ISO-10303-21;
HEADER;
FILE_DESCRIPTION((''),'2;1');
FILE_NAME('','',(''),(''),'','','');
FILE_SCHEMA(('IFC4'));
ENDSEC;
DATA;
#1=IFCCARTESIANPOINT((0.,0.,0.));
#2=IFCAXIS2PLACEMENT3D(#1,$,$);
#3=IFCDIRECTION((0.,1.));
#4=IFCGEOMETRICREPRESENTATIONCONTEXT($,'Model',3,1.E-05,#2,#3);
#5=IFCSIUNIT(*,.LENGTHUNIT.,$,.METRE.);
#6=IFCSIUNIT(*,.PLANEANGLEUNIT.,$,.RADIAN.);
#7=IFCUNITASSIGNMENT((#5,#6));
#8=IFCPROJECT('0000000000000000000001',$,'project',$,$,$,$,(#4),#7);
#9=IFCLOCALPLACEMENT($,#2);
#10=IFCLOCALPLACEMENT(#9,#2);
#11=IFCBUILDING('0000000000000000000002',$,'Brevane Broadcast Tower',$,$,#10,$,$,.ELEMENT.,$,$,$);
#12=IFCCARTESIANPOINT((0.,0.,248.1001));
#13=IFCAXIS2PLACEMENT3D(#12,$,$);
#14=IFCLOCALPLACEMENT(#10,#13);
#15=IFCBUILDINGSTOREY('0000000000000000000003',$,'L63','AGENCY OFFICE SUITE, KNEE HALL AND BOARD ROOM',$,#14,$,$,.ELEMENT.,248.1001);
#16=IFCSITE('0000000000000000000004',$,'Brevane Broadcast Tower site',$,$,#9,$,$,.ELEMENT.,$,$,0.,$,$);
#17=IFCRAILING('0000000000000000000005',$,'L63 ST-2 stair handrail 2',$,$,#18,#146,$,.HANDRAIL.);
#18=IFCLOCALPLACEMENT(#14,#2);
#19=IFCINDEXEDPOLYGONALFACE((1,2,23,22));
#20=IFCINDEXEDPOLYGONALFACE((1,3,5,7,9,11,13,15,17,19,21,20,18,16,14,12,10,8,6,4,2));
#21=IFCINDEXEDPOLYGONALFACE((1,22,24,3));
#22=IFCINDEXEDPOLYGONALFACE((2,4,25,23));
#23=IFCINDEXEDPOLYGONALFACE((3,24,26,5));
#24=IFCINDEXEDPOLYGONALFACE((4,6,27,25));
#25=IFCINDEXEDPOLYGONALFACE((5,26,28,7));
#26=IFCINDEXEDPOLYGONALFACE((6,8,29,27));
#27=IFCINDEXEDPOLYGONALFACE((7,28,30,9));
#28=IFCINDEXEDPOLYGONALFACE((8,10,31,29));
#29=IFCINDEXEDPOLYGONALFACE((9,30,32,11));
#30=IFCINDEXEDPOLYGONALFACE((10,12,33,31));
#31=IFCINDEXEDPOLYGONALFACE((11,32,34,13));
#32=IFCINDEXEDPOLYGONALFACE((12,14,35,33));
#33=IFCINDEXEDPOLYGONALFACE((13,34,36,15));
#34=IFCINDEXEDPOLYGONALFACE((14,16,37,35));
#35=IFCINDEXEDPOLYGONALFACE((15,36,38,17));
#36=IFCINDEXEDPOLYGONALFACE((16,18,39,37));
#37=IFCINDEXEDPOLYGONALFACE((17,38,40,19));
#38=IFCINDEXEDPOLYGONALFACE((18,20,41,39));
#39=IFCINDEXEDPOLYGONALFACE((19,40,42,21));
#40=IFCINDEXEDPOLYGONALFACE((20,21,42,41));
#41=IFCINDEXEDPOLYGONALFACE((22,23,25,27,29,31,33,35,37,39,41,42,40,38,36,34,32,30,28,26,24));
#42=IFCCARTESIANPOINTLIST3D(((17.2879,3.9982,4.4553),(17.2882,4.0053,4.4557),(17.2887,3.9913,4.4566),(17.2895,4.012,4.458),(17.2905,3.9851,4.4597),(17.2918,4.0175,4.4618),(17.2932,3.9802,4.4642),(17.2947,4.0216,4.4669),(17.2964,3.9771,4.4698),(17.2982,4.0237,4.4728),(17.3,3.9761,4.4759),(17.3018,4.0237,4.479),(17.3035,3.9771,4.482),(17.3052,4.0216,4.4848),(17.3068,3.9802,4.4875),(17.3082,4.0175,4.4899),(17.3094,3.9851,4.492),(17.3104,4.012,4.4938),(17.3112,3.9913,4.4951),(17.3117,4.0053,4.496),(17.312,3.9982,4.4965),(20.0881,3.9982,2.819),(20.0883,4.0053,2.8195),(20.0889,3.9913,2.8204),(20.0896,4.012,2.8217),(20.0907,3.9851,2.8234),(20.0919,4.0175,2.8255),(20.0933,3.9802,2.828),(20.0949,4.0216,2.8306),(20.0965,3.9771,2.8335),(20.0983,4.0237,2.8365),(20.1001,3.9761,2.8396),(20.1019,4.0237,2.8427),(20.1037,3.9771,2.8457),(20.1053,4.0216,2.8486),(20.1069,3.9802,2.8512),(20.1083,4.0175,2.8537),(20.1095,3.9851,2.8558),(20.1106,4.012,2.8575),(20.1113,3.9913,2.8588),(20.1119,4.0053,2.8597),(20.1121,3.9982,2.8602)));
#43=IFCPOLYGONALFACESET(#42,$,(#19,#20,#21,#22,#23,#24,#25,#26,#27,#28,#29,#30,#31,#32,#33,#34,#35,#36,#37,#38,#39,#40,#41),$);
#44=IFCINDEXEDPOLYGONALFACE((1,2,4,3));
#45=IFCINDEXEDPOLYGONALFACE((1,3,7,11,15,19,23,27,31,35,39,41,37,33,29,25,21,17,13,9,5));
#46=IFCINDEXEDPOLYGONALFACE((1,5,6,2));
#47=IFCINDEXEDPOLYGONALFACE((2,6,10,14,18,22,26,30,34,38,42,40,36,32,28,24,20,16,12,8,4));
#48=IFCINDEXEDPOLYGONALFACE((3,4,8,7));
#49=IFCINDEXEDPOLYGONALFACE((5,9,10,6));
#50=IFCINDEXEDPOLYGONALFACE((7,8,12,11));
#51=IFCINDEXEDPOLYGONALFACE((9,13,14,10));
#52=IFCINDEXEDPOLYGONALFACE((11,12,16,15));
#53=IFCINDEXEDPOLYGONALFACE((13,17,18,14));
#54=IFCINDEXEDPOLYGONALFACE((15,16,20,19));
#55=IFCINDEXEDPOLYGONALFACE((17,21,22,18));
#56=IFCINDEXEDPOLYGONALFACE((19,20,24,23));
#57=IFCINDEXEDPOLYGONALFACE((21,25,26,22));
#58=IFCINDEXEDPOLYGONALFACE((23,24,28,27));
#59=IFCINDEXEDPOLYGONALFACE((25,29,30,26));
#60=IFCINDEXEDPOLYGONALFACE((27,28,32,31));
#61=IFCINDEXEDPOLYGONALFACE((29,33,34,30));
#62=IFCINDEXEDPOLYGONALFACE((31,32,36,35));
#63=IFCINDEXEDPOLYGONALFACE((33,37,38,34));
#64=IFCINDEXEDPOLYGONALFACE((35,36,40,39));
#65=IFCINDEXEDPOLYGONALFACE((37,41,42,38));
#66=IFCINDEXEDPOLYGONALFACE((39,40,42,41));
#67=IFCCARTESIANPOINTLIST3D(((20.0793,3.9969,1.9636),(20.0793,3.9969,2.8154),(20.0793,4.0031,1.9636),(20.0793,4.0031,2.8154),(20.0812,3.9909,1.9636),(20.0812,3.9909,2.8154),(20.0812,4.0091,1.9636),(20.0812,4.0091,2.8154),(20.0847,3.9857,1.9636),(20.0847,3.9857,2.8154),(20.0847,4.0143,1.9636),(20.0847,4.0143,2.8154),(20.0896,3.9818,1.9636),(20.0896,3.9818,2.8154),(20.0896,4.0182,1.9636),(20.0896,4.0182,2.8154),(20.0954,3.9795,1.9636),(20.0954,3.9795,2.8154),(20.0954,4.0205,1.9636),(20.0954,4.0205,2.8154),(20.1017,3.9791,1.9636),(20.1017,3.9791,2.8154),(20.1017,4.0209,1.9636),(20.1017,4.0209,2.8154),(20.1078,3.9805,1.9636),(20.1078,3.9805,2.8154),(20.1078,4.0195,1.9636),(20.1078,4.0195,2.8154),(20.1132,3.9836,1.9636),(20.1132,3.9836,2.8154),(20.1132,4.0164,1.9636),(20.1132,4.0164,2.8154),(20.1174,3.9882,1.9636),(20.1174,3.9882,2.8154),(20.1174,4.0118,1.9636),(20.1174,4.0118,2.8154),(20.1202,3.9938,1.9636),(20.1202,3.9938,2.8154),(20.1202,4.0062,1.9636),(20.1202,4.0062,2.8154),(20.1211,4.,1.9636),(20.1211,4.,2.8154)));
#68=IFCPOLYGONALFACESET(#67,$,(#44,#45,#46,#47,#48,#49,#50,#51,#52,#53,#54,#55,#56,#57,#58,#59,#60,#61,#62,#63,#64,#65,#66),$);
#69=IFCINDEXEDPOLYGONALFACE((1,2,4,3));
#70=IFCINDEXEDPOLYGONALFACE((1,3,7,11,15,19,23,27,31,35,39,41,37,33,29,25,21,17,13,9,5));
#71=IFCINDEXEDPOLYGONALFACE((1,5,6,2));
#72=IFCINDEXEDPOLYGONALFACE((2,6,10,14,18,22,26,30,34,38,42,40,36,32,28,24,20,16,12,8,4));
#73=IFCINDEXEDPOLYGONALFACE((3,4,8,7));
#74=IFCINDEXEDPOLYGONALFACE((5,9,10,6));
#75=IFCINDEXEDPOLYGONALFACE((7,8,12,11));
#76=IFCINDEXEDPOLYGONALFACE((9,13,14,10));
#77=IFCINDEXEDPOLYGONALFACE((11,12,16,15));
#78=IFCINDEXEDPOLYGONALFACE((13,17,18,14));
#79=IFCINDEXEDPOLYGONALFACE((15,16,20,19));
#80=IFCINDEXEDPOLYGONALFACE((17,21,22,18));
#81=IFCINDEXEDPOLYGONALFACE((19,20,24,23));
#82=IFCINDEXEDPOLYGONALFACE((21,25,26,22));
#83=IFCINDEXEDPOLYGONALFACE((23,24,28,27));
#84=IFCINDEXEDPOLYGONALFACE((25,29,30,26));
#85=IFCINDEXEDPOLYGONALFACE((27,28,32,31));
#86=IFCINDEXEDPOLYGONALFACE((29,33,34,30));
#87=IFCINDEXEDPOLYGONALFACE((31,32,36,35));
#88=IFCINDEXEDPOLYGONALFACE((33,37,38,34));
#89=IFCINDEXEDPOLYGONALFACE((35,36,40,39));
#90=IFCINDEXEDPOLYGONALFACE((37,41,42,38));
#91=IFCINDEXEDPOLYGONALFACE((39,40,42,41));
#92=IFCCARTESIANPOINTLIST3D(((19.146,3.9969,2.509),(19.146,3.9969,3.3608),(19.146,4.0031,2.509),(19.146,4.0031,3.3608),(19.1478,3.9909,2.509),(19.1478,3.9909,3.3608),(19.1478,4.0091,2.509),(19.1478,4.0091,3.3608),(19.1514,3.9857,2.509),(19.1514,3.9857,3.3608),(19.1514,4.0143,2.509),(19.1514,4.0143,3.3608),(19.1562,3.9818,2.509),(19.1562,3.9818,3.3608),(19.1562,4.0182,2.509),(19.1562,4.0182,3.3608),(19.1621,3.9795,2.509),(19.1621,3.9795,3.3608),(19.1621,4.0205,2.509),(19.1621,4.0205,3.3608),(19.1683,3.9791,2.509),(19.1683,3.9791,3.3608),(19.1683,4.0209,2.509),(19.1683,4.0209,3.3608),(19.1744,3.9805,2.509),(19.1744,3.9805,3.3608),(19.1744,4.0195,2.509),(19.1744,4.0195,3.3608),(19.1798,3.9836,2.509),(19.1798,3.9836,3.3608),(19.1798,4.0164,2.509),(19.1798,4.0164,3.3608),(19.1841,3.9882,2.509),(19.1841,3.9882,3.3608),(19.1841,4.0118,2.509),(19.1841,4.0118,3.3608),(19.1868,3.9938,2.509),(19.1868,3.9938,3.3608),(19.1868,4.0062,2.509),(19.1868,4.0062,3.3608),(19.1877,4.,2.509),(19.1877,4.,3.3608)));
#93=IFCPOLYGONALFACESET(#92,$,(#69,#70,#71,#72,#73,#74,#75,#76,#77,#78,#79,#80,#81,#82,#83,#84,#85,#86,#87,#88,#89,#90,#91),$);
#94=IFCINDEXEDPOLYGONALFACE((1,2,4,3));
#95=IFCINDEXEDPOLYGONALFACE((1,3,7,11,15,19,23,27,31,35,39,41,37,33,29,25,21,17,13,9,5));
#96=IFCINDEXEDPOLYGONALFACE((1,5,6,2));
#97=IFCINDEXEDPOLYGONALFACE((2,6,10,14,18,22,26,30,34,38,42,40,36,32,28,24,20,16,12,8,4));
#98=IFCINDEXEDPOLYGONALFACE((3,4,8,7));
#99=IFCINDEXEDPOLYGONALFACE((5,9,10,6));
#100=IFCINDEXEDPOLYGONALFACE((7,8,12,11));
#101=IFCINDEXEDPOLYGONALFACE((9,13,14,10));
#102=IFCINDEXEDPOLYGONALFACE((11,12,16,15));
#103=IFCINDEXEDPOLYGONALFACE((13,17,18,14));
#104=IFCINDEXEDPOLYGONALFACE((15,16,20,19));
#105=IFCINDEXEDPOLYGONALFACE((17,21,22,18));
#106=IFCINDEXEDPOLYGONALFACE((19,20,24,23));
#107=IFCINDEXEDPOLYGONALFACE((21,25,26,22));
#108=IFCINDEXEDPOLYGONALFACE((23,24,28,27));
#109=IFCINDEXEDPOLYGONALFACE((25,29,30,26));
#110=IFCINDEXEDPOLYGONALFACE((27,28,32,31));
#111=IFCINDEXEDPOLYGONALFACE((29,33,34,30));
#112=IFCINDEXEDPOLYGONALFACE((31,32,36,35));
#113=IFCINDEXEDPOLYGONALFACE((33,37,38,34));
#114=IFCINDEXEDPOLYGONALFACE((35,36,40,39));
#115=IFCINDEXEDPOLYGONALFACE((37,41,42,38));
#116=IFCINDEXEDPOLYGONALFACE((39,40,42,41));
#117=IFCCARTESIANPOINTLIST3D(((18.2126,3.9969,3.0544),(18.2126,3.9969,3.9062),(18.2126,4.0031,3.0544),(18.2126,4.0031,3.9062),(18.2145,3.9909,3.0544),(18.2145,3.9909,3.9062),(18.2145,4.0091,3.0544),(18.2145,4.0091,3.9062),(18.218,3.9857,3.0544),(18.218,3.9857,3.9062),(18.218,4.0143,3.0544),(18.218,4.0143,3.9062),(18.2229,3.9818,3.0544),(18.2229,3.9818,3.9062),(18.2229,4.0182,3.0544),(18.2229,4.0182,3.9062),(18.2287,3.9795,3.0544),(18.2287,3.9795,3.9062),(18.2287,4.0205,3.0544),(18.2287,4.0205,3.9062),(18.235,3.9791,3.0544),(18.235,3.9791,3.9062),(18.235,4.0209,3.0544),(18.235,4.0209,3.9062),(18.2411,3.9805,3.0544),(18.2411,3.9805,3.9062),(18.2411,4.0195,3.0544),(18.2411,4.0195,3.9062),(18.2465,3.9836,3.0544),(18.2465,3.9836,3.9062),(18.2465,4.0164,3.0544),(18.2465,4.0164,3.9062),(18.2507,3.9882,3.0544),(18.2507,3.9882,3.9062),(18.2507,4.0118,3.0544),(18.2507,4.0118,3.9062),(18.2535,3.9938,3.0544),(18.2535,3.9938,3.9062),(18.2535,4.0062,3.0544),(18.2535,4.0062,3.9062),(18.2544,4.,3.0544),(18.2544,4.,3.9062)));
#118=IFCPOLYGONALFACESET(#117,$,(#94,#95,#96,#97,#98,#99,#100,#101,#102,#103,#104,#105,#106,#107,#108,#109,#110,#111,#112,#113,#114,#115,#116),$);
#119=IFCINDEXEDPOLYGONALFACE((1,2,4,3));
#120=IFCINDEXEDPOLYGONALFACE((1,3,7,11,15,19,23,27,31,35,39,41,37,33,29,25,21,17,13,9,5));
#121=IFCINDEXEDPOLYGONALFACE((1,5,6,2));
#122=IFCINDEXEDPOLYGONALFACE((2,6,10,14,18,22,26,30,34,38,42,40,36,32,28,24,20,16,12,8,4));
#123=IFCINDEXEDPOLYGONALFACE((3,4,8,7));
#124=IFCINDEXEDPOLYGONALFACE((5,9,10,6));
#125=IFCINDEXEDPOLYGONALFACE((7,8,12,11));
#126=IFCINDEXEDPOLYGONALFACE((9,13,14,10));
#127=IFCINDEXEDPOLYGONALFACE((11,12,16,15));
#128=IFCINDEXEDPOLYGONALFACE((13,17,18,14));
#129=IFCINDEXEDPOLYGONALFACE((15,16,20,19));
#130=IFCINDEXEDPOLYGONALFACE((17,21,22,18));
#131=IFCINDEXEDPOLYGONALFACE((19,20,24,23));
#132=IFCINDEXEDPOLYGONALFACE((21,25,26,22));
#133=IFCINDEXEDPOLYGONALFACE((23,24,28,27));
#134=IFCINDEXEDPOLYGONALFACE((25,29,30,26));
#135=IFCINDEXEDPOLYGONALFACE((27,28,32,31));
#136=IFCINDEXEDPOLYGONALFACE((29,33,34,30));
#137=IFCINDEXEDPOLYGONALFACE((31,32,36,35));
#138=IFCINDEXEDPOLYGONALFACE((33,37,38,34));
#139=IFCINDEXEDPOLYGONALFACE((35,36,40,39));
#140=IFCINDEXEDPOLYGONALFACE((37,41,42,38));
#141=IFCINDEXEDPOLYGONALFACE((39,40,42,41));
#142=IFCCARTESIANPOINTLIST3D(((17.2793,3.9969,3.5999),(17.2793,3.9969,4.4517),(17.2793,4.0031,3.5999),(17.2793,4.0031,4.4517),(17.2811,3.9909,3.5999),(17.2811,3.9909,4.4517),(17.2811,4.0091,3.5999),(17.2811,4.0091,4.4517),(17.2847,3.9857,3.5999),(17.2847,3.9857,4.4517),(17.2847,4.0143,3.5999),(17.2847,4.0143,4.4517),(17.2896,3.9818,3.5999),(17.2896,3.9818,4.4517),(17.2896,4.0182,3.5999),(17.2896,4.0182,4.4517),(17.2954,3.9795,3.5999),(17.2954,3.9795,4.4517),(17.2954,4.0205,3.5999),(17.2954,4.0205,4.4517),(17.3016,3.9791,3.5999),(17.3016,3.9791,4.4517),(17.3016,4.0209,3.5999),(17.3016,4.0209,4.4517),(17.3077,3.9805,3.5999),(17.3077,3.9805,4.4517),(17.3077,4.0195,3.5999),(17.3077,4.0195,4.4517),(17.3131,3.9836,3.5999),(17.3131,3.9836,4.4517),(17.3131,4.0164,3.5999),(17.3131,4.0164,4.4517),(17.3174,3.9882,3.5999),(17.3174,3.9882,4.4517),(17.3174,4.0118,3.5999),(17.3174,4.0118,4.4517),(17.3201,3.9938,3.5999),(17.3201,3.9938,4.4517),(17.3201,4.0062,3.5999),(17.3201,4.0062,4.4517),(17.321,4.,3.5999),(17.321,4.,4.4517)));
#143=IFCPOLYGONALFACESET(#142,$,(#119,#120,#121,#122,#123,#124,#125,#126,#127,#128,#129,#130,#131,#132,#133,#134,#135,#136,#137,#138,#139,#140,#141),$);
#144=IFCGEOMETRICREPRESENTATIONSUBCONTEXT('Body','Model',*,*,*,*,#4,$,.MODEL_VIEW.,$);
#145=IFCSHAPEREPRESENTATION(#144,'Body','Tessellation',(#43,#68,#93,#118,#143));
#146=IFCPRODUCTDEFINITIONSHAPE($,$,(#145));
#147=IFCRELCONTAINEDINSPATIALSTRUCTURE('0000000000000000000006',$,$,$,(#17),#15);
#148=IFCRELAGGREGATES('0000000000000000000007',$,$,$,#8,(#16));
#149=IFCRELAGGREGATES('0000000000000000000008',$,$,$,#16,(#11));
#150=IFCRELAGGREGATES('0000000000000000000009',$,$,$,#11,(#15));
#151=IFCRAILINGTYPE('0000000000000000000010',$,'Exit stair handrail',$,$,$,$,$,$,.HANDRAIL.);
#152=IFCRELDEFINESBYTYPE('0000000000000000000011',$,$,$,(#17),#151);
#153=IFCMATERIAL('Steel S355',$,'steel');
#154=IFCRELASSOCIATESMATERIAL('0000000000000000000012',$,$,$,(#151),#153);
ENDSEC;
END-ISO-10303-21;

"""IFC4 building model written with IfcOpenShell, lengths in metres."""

from ifc_helpers import new_model, si_unit, direction, frame, origin, origin_2d, place, context, subcontext, project, spatial, circle, extrude, material, type_object, element, save


model = new_model("IFC4")

# Units and contexts
model_context = context("Model", 3, precision=1e-05, world=origin(), true_north=direction((0.0, 1.0)))
body_context = subcontext(model_context, "Body", "Model", "MODEL_VIEW")
ifc_project = project(units=[si_unit("LENGTHUNIT", "METRE"), si_unit("PLANEANGLEUNIT", "RADIAN")], contexts=[model_context])

# Site, building, storey
site_placement = place(None, origin())
site = spatial("IfcSite", under=ifc_project, at=site_placement, Name="Brevane Broadcast Tower site", CompositionType="ELEMENT", RefElevation=0.0)
building_placement = place(site_placement, origin())
building = spatial("IfcBuilding", under=site, at=building_placement, Name="Brevane Broadcast Tower", CompositionType="ELEMENT")
storey_placement = place(building_placement, frame((0.0, 0.0, 248.1001)))
storey = spatial("IfcBuildingStorey", under=building, at=storey_placement, Name="L63", Description="AGENCY OFFICE SUITE, KNEE HALL AND BOARD ROOM", CompositionType="ELEMENT", Elevation=248.1001)

# Railing
ifc_material_1 = material(Name="Steel S355", Category="steel")
railing_type_1 = type_object("IfcRailingType", Name="Exit stair handrail", PredefinedType="HANDRAIL", material=ifc_material_1)
railing_1_placement = place(storey_placement, frame((20.1001, 4.0, 1.9636)))
element("IfcRailing", 1, at=railing_1_placement, inside=storey, type_object=railing_type_1, Name="L63 ST-2 stair handrail 2", PredefinedType="HANDRAIL", context=body_context, shape_type="SweptSolid", body=[
    extrude(circle(Radius=0.0239, at=origin_2d()), frame((0.0, 0.0, 0.876), z_axis=(-0.863394, 0.0, 0.504531), x_axis=(0.0, -1.0, 0.0)), (0.0, 0.0, 1.0), 3.2432),
    extrude(circle(Radius=0.021, at=origin_2d()), origin(), (0.0, 0.0, 1.0), 0.8518),
    extrude(circle(Radius=0.021, at=origin_2d()), frame((-0.9333, 0.0, 0.5454)), (0.0, 0.0, 1.0), 0.8518),
    extrude(circle(Radius=0.021, at=origin_2d()), frame((-1.8667, 0.0, 1.0908)), (0.0, 0.0, 1.0), 0.8518),
    extrude(circle(Radius=0.021, at=origin_2d()), frame((-2.8, 0.0, 1.6362)), (0.0, 0.0, 1.0), 0.8518),
])

save(model, "model.ifc")
